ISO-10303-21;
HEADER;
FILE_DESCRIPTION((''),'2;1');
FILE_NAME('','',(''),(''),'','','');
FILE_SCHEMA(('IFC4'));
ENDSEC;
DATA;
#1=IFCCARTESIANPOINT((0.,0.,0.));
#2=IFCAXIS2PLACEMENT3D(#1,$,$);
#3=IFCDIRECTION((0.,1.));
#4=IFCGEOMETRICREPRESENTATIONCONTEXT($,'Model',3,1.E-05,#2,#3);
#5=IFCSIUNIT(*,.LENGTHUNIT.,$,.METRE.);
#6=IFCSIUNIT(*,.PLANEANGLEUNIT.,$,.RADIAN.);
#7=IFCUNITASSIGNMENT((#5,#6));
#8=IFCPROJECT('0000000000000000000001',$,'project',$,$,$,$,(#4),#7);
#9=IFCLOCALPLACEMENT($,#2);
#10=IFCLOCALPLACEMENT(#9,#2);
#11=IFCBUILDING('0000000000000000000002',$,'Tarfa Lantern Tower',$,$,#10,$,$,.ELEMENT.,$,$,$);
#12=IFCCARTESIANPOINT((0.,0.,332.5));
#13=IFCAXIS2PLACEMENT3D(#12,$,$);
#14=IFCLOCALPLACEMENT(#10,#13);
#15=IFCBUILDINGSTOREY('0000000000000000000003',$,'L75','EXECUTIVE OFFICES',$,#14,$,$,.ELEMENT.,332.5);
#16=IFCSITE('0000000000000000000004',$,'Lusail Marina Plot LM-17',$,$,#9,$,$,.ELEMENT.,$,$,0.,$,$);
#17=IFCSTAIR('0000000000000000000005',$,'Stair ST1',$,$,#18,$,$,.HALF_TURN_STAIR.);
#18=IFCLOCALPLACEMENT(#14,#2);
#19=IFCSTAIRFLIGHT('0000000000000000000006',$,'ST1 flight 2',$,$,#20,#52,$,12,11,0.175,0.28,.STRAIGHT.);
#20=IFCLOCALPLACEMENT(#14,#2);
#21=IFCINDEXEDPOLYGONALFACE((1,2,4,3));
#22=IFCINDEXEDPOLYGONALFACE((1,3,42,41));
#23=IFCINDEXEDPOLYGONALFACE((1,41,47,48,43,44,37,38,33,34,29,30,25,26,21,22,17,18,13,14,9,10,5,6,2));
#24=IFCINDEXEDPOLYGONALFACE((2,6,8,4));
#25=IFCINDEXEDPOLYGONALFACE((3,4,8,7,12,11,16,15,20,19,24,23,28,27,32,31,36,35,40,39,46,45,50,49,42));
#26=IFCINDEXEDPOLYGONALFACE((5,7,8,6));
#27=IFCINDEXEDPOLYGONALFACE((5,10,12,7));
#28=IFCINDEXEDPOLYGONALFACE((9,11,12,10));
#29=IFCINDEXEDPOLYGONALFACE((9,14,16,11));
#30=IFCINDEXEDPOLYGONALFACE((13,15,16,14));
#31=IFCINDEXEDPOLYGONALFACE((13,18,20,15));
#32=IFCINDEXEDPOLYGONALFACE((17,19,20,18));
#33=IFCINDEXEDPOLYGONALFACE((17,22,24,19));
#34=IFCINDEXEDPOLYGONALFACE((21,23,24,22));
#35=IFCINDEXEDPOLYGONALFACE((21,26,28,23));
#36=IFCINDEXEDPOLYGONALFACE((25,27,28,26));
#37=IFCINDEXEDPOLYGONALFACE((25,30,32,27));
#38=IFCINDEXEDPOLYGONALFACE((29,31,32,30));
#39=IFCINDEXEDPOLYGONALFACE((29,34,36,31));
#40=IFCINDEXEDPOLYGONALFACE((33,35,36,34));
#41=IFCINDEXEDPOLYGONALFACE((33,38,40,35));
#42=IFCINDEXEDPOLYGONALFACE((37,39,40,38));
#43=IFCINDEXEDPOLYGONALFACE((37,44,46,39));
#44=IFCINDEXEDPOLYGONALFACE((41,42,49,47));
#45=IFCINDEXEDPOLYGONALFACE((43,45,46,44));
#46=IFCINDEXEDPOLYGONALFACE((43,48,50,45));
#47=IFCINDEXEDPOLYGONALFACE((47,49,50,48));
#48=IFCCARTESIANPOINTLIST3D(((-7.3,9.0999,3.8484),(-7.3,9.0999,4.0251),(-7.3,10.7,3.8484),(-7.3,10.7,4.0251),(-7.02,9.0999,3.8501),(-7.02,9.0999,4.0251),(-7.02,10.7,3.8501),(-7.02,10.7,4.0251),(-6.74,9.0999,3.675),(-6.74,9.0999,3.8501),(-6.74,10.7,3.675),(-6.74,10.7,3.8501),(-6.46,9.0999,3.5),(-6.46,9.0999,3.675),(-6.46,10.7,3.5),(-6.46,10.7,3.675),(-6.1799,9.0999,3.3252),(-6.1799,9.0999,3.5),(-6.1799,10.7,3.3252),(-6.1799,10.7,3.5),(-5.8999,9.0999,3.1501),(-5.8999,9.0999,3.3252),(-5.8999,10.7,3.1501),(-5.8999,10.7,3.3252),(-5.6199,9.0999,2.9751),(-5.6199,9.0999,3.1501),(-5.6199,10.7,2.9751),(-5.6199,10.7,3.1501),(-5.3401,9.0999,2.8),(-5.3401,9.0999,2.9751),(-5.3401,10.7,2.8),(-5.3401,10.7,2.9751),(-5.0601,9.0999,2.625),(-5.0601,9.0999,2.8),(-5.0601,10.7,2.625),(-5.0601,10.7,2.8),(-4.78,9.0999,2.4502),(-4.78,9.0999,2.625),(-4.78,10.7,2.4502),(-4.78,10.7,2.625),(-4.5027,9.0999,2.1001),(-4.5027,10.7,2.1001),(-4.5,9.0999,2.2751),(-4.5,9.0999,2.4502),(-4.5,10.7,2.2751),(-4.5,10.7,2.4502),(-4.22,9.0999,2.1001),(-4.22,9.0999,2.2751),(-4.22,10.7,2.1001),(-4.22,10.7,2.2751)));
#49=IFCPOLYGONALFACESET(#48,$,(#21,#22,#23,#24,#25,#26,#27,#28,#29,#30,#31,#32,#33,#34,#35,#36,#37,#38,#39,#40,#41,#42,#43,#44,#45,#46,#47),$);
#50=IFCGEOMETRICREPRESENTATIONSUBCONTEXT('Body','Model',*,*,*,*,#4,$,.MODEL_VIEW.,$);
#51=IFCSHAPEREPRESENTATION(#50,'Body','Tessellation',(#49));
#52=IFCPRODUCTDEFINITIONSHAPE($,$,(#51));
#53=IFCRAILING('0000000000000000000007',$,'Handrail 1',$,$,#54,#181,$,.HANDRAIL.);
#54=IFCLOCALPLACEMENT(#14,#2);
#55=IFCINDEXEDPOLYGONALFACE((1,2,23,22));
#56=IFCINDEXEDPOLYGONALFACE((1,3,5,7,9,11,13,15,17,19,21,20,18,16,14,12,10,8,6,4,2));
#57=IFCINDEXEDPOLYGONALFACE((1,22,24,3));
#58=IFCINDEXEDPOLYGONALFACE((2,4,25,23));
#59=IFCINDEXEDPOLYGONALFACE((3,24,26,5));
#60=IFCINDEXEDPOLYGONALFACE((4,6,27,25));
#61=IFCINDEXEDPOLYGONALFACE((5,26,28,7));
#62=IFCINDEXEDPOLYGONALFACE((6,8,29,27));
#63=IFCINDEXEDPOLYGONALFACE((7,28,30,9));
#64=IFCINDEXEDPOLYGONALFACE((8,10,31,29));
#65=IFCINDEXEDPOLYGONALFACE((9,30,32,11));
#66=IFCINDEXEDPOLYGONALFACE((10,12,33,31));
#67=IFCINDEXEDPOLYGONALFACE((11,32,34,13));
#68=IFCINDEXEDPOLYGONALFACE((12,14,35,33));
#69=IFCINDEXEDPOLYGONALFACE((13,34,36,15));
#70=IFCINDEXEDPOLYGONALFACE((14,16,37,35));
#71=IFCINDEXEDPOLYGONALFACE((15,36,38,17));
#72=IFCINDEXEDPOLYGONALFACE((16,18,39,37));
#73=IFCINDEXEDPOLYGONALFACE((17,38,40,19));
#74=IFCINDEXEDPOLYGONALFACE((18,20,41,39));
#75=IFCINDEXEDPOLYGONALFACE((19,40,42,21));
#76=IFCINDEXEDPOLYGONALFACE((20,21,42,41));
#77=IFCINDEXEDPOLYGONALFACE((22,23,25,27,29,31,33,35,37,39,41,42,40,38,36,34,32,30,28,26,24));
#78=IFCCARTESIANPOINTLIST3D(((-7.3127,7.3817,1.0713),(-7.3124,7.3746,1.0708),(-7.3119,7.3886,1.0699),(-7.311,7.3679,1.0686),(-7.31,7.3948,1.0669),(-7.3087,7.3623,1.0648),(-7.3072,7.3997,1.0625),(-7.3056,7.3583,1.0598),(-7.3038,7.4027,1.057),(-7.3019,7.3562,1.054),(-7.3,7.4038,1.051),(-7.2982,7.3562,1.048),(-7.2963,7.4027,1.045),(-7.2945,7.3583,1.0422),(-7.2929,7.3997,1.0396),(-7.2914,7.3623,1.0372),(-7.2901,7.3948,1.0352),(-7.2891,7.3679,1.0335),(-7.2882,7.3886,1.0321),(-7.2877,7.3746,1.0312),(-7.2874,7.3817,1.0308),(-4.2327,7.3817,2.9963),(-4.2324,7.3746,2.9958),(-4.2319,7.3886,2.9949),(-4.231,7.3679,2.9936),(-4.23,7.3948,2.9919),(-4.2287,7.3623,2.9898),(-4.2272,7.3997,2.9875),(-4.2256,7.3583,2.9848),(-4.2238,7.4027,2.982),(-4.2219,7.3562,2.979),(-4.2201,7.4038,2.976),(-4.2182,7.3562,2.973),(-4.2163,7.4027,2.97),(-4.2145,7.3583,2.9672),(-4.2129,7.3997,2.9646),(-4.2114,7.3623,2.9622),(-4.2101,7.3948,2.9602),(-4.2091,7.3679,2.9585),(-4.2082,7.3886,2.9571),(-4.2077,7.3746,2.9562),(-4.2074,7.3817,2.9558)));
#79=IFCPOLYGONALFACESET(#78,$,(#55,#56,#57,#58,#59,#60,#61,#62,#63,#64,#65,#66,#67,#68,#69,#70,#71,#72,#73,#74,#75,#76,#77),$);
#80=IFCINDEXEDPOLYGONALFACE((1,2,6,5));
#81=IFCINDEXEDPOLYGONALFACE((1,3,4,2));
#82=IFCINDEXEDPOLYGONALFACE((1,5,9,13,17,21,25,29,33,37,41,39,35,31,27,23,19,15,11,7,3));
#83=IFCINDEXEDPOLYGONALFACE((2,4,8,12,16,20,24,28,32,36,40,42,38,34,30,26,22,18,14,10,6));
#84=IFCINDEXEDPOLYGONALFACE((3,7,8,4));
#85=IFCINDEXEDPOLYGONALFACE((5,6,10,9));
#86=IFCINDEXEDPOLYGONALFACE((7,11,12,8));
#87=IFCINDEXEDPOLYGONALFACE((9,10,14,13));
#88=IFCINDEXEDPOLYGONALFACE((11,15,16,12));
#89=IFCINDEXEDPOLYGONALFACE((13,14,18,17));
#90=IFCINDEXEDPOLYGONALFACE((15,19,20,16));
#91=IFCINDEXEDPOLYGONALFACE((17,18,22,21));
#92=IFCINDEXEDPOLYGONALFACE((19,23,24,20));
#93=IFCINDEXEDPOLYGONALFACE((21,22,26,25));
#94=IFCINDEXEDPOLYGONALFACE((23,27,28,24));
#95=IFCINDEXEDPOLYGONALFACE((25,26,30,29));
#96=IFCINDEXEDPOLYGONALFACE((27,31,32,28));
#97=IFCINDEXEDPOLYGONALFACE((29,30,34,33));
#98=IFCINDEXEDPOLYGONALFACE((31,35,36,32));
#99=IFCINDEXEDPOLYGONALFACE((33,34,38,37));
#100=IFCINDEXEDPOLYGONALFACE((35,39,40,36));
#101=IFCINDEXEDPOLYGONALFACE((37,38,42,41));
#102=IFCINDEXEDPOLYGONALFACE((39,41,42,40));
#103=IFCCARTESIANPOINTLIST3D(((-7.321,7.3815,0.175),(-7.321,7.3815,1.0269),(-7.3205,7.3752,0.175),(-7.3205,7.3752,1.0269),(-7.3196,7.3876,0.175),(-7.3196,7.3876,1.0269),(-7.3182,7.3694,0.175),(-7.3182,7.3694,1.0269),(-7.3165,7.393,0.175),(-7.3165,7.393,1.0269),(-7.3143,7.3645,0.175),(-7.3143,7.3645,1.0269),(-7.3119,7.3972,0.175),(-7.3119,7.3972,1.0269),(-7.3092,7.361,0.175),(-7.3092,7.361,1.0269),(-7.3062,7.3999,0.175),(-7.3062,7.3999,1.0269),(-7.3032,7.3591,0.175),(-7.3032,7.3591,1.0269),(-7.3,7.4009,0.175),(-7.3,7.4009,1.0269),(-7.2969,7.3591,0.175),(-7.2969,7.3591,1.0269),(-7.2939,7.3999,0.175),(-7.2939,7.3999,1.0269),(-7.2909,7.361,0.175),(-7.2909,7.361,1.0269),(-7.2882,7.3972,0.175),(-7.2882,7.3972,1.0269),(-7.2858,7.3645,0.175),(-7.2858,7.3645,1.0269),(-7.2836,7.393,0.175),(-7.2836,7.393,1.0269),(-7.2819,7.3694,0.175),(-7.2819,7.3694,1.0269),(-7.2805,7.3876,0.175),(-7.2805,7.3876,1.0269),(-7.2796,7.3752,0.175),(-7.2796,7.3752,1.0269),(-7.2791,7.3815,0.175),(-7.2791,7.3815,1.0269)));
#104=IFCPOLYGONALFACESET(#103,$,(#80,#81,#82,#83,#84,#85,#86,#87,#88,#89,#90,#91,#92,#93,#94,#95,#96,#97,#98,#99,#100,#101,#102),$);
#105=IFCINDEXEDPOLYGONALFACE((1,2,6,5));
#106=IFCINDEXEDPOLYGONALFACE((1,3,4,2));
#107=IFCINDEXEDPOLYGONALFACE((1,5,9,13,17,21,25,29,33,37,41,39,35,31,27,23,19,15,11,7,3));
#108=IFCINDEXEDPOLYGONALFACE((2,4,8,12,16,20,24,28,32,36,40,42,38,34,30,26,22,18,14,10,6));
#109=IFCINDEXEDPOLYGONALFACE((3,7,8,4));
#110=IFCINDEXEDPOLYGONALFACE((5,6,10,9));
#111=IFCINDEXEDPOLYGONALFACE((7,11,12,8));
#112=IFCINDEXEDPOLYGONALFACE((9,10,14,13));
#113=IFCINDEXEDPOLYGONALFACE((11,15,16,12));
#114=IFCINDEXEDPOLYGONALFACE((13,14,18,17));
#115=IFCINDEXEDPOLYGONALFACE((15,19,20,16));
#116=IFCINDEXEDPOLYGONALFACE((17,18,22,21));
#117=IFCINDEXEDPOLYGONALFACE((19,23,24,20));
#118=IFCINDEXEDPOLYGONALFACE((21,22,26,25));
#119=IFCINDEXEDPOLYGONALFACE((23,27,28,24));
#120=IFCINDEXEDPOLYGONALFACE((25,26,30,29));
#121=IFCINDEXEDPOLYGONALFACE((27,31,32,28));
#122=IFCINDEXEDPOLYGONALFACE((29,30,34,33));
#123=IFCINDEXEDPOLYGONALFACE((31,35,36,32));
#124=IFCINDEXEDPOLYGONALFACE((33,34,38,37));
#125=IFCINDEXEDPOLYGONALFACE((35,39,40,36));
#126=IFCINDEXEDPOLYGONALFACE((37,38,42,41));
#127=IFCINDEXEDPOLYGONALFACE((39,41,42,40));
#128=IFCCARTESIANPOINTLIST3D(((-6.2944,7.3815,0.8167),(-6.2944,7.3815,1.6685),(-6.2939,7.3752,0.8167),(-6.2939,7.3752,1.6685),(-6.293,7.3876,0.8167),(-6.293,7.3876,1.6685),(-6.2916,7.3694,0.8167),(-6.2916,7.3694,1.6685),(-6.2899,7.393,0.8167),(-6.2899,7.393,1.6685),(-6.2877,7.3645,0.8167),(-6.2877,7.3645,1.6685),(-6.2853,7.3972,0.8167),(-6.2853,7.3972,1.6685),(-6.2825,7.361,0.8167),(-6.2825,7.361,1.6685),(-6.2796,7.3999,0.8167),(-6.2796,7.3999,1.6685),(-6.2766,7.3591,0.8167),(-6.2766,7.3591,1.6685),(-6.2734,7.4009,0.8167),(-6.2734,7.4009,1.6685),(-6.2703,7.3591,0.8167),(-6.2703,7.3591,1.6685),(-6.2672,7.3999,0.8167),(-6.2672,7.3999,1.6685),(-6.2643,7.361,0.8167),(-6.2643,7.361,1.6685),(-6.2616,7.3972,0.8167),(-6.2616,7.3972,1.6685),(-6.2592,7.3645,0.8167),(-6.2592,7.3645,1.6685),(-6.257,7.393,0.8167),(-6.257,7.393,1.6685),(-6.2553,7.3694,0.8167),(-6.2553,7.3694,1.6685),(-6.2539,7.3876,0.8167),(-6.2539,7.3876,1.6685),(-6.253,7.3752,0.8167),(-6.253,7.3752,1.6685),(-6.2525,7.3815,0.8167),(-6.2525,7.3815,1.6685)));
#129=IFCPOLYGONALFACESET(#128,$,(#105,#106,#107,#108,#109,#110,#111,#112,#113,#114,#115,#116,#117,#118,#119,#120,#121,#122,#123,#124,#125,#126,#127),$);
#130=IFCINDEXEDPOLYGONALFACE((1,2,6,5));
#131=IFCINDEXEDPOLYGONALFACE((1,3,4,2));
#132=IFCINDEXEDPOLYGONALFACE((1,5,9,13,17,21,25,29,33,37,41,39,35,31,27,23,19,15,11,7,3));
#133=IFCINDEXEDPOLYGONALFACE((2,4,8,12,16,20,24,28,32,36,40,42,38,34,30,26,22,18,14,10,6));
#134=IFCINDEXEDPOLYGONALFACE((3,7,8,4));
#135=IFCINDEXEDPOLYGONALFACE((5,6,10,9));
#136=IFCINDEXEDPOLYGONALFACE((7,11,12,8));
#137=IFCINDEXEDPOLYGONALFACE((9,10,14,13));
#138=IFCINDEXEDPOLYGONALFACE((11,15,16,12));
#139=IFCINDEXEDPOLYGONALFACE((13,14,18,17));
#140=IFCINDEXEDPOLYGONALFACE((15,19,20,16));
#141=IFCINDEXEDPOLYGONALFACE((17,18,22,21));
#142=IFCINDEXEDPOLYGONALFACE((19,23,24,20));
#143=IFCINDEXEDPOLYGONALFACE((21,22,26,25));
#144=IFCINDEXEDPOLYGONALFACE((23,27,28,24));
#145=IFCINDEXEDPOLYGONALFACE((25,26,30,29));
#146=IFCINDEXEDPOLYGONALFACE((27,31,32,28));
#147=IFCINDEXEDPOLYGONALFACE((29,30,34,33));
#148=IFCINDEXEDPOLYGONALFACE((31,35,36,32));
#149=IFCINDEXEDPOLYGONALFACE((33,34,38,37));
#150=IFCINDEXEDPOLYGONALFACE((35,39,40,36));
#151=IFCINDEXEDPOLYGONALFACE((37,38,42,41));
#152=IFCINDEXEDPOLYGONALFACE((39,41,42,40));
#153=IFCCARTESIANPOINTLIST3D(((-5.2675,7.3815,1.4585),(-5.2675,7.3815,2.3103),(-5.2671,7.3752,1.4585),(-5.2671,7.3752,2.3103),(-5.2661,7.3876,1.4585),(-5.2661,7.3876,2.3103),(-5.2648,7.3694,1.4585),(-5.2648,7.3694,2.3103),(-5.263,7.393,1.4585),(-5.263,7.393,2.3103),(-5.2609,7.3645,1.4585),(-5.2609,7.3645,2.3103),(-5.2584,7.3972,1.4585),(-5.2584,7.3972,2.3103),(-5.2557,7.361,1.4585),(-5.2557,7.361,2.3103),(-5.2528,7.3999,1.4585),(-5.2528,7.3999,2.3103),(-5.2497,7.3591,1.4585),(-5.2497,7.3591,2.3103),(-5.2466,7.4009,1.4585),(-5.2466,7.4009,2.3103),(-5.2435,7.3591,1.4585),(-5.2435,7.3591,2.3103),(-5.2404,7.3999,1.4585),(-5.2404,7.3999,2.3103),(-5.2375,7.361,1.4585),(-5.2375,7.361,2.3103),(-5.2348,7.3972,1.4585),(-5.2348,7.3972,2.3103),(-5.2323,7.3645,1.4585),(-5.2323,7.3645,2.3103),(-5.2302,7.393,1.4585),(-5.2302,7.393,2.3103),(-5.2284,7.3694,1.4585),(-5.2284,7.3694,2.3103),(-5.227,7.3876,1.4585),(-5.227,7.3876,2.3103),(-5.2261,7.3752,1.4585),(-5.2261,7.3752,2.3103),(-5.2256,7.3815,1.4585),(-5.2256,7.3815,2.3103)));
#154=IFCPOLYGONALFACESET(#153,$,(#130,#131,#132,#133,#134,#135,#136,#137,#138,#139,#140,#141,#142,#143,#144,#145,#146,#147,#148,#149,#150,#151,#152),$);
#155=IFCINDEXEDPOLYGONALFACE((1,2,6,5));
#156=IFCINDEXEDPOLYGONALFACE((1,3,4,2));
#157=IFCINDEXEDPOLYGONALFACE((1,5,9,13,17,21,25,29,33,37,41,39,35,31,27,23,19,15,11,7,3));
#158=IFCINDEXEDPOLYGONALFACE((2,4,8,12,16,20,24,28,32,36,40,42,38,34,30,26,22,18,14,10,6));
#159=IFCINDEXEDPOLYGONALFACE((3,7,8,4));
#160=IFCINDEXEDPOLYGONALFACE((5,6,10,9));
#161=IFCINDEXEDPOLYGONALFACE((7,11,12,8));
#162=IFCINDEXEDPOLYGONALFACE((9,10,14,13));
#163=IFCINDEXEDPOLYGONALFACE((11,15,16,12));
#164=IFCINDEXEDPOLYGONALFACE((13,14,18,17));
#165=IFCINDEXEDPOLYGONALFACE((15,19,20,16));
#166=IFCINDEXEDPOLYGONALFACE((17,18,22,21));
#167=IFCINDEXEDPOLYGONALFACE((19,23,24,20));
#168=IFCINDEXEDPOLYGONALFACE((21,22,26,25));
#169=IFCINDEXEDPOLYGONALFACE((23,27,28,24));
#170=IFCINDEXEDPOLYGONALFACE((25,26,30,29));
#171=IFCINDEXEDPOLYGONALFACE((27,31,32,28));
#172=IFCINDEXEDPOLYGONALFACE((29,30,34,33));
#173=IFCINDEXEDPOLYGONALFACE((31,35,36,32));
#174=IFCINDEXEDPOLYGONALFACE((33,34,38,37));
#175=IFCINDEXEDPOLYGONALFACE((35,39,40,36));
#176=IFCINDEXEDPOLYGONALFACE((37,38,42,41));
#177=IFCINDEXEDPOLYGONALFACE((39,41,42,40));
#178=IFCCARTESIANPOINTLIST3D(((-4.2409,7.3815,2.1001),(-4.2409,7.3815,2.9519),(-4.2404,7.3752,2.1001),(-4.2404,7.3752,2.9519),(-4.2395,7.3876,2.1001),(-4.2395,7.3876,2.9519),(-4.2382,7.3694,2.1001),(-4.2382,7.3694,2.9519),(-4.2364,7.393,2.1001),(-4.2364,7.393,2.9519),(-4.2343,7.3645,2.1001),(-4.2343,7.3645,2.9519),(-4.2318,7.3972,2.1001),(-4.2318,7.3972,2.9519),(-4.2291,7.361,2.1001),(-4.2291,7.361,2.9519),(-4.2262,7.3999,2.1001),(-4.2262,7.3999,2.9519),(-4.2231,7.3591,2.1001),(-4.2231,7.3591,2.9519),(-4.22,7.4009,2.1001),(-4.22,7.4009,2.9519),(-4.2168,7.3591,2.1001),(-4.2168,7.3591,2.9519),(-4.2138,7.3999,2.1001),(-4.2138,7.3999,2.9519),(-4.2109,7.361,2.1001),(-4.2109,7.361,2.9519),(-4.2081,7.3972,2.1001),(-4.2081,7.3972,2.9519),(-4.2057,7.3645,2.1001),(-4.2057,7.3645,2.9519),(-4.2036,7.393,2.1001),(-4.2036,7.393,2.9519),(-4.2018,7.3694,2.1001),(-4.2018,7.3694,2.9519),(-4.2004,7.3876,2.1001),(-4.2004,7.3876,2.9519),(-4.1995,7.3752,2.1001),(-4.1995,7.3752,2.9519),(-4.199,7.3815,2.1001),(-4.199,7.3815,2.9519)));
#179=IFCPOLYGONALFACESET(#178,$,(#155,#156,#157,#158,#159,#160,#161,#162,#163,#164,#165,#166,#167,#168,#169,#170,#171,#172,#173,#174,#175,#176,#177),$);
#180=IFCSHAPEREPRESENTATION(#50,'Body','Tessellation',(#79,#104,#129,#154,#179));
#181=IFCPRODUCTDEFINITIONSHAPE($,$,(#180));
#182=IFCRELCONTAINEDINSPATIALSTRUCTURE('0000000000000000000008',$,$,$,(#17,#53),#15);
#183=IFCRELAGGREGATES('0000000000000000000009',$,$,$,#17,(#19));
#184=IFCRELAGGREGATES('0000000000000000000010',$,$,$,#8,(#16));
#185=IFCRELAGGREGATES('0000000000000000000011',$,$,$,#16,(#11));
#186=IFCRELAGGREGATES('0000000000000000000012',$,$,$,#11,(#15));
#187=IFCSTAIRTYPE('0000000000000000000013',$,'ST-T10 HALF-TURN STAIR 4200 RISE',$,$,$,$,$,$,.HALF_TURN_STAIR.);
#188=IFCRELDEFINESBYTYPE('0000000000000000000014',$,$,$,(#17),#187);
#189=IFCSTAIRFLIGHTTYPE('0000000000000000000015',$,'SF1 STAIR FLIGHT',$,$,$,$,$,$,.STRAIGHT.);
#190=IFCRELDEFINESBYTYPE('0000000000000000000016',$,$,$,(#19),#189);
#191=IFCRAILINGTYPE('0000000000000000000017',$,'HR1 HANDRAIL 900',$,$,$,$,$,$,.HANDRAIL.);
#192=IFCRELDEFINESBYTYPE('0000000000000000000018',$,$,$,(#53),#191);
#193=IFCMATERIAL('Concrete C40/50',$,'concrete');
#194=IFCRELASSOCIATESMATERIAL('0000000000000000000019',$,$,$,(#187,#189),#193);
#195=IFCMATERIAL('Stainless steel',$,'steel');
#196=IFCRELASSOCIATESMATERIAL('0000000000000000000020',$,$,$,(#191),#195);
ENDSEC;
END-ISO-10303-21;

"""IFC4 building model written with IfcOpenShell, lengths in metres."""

from ifc_helpers import new_model, si_unit, direction, frame, origin, origin_2d, place, context, subcontext, project, spatial, polyline, circle, outline, extrude, material, type_object, element, aggregate, save


model = new_model("IFC4")

# Units and contexts
model_context = context("Model", 3, precision=1e-05, world=origin(), true_north=direction((0.0, 1.0)))
body_context = subcontext(model_context, "Body", "Model", "MODEL_VIEW")
ifc_project = project(units=[si_unit("LENGTHUNIT", "METRE"), si_unit("PLANEANGLEUNIT", "RADIAN")], contexts=[model_context])

# Site, building, storey
site_placement = place(None, origin())
site = spatial("IfcSite", under=ifc_project, at=site_placement, Name="Lusail Marina Plot LM-17", CompositionType="ELEMENT", RefElevation=0.0)
building_placement = place(site_placement, origin())
building = spatial("IfcBuilding", under=site, at=building_placement, Name="Tarfa Lantern Tower", CompositionType="ELEMENT")
storey_placement = place(building_placement, frame((0.0, 0.0, 332.5)))
storey = spatial("IfcBuildingStorey", under=building, at=storey_placement, Name="L75", Description="EXECUTIVE OFFICES", CompositionType="ELEMENT", Elevation=332.5)

# Stair, stair flight
ifc_material_1 = material(Name="Concrete C40/50", Category="concrete")
stair_type = type_object("IfcStairType", Name="ST-T10 HALF-TURN STAIR 4200 RISE", PredefinedType="HALF_TURN_STAIR", material=ifc_material_1)
stair_placement = place(storey_placement, origin())
stair = element("IfcStair", 1, at=stair_placement, inside=storey, type_object=stair_type, Name="Stair ST1", PredefinedType="HALF_TURN_STAIR")
stair_flight_type = type_object("IfcStairFlightType", Name="SF1 STAIR FLIGHT", PredefinedType="STRAIGHT", material=ifc_material_1)
stair_flight_1_placement = place(storey_placement, frame((-4.22, 9.8999, 2.1001), z_axis=(0.0, 0.0, 1.0), x_axis=(-1.0, 0.0, 0.0)))
stair_flight_1 = element("IfcStairFlight", 2, at=stair_flight_1_placement, type_object=stair_flight_type, Name="ST1 flight 2", NumberOfRisers=12, NumberOfTreads=11, PredefinedType="STRAIGHT", RiserHeight=0.175, TreadLength=0.28, context=body_context, shape_type="SweptSolid", body=[
    extrude(outline(polyline([(0.0, 0.0), (0.0, 0.175), (0.28, 0.175), (0.28, 0.3501), (0.5601, 0.3501), (0.5601, 0.5249), (0.8401, 0.5249), (0.8401, 0.7), (1.1201, 0.7), (1.1201, 0.875), (1.3999, 0.875), (1.3999, 1.05), (1.6799, 1.05), (1.6799, 1.2251), (1.96, 1.2251), (1.96, 1.3999), (2.24, 1.3999), (2.24, 1.575), (2.52, 1.575), (2.52, 1.75), (2.8, 1.75), (2.8, 1.925), (3.0801, 1.925), (3.0801, 2.1001), (3.0801, 1.7483), (0.2827, 0.0), (0.0, 0.0)])), frame((0.0, 0.8, 0.0), z_axis=(0.0, -1.0, 0.0), x_axis=(1.0, 0.0, 0.0)), (0.0, 0.0, 1.0), 1.6001),
])
aggregate(stair, [stair_flight_1])

# Railing
ifc_material_2 = material(Name="Stainless steel", Category="steel")
railing_type = type_object("IfcRailingType", Name="HR1 HANDRAIL 900", PredefinedType="HANDRAIL", material=ifc_material_2)
railing_1_placement = place(storey_placement, frame((-7.3, 7.3799, 0.175)))
element("IfcRailing", 3, at=railing_1_placement, inside=storey, type_object=railing_type, Name="Handrail 1", PredefinedType="HANDRAIL", context=body_context, shape_type="SweptSolid", body=[
    extrude(circle(Radius=0.0239, at=origin_2d()), frame((0.0, 0.0, 0.876), z_axis=(0.847998, 0.0, 0.529999), x_axis=(0.0, 1.0, 0.0)), (0.0, 0.0, 1.0), 3.6321),
    extrude(circle(Radius=0.021, at=origin_2d()), frame((0.0, 0.0, 0.0), z_axis=(0.0, 0.0, 1.0), x_axis=(0.0, 1.0, 0.0)), (0.0, 0.0, 1.0), 0.8518),
    extrude(circle(Radius=0.021, at=origin_2d()), frame((1.0266, 0.0, 0.6416), z_axis=(0.0, 0.0, 1.0), x_axis=(0.0, 1.0, 0.0)), (0.0, 0.0, 1.0), 0.8518),
    extrude(circle(Radius=0.021, at=origin_2d()), frame((2.0535, 0.0, 1.2834), z_axis=(0.0, 0.0, 1.0), x_axis=(0.0, 1.0, 0.0)), (0.0, 0.0, 1.0), 0.8518),
    extrude(circle(Radius=0.021, at=origin_2d()), frame((3.0801, 0.0, 1.925), z_axis=(0.0, 0.0, 1.0), x_axis=(0.0, 1.0, 0.0)), (0.0, 0.0, 1.0), 0.8518),
])

save(model, "model.ifc")
